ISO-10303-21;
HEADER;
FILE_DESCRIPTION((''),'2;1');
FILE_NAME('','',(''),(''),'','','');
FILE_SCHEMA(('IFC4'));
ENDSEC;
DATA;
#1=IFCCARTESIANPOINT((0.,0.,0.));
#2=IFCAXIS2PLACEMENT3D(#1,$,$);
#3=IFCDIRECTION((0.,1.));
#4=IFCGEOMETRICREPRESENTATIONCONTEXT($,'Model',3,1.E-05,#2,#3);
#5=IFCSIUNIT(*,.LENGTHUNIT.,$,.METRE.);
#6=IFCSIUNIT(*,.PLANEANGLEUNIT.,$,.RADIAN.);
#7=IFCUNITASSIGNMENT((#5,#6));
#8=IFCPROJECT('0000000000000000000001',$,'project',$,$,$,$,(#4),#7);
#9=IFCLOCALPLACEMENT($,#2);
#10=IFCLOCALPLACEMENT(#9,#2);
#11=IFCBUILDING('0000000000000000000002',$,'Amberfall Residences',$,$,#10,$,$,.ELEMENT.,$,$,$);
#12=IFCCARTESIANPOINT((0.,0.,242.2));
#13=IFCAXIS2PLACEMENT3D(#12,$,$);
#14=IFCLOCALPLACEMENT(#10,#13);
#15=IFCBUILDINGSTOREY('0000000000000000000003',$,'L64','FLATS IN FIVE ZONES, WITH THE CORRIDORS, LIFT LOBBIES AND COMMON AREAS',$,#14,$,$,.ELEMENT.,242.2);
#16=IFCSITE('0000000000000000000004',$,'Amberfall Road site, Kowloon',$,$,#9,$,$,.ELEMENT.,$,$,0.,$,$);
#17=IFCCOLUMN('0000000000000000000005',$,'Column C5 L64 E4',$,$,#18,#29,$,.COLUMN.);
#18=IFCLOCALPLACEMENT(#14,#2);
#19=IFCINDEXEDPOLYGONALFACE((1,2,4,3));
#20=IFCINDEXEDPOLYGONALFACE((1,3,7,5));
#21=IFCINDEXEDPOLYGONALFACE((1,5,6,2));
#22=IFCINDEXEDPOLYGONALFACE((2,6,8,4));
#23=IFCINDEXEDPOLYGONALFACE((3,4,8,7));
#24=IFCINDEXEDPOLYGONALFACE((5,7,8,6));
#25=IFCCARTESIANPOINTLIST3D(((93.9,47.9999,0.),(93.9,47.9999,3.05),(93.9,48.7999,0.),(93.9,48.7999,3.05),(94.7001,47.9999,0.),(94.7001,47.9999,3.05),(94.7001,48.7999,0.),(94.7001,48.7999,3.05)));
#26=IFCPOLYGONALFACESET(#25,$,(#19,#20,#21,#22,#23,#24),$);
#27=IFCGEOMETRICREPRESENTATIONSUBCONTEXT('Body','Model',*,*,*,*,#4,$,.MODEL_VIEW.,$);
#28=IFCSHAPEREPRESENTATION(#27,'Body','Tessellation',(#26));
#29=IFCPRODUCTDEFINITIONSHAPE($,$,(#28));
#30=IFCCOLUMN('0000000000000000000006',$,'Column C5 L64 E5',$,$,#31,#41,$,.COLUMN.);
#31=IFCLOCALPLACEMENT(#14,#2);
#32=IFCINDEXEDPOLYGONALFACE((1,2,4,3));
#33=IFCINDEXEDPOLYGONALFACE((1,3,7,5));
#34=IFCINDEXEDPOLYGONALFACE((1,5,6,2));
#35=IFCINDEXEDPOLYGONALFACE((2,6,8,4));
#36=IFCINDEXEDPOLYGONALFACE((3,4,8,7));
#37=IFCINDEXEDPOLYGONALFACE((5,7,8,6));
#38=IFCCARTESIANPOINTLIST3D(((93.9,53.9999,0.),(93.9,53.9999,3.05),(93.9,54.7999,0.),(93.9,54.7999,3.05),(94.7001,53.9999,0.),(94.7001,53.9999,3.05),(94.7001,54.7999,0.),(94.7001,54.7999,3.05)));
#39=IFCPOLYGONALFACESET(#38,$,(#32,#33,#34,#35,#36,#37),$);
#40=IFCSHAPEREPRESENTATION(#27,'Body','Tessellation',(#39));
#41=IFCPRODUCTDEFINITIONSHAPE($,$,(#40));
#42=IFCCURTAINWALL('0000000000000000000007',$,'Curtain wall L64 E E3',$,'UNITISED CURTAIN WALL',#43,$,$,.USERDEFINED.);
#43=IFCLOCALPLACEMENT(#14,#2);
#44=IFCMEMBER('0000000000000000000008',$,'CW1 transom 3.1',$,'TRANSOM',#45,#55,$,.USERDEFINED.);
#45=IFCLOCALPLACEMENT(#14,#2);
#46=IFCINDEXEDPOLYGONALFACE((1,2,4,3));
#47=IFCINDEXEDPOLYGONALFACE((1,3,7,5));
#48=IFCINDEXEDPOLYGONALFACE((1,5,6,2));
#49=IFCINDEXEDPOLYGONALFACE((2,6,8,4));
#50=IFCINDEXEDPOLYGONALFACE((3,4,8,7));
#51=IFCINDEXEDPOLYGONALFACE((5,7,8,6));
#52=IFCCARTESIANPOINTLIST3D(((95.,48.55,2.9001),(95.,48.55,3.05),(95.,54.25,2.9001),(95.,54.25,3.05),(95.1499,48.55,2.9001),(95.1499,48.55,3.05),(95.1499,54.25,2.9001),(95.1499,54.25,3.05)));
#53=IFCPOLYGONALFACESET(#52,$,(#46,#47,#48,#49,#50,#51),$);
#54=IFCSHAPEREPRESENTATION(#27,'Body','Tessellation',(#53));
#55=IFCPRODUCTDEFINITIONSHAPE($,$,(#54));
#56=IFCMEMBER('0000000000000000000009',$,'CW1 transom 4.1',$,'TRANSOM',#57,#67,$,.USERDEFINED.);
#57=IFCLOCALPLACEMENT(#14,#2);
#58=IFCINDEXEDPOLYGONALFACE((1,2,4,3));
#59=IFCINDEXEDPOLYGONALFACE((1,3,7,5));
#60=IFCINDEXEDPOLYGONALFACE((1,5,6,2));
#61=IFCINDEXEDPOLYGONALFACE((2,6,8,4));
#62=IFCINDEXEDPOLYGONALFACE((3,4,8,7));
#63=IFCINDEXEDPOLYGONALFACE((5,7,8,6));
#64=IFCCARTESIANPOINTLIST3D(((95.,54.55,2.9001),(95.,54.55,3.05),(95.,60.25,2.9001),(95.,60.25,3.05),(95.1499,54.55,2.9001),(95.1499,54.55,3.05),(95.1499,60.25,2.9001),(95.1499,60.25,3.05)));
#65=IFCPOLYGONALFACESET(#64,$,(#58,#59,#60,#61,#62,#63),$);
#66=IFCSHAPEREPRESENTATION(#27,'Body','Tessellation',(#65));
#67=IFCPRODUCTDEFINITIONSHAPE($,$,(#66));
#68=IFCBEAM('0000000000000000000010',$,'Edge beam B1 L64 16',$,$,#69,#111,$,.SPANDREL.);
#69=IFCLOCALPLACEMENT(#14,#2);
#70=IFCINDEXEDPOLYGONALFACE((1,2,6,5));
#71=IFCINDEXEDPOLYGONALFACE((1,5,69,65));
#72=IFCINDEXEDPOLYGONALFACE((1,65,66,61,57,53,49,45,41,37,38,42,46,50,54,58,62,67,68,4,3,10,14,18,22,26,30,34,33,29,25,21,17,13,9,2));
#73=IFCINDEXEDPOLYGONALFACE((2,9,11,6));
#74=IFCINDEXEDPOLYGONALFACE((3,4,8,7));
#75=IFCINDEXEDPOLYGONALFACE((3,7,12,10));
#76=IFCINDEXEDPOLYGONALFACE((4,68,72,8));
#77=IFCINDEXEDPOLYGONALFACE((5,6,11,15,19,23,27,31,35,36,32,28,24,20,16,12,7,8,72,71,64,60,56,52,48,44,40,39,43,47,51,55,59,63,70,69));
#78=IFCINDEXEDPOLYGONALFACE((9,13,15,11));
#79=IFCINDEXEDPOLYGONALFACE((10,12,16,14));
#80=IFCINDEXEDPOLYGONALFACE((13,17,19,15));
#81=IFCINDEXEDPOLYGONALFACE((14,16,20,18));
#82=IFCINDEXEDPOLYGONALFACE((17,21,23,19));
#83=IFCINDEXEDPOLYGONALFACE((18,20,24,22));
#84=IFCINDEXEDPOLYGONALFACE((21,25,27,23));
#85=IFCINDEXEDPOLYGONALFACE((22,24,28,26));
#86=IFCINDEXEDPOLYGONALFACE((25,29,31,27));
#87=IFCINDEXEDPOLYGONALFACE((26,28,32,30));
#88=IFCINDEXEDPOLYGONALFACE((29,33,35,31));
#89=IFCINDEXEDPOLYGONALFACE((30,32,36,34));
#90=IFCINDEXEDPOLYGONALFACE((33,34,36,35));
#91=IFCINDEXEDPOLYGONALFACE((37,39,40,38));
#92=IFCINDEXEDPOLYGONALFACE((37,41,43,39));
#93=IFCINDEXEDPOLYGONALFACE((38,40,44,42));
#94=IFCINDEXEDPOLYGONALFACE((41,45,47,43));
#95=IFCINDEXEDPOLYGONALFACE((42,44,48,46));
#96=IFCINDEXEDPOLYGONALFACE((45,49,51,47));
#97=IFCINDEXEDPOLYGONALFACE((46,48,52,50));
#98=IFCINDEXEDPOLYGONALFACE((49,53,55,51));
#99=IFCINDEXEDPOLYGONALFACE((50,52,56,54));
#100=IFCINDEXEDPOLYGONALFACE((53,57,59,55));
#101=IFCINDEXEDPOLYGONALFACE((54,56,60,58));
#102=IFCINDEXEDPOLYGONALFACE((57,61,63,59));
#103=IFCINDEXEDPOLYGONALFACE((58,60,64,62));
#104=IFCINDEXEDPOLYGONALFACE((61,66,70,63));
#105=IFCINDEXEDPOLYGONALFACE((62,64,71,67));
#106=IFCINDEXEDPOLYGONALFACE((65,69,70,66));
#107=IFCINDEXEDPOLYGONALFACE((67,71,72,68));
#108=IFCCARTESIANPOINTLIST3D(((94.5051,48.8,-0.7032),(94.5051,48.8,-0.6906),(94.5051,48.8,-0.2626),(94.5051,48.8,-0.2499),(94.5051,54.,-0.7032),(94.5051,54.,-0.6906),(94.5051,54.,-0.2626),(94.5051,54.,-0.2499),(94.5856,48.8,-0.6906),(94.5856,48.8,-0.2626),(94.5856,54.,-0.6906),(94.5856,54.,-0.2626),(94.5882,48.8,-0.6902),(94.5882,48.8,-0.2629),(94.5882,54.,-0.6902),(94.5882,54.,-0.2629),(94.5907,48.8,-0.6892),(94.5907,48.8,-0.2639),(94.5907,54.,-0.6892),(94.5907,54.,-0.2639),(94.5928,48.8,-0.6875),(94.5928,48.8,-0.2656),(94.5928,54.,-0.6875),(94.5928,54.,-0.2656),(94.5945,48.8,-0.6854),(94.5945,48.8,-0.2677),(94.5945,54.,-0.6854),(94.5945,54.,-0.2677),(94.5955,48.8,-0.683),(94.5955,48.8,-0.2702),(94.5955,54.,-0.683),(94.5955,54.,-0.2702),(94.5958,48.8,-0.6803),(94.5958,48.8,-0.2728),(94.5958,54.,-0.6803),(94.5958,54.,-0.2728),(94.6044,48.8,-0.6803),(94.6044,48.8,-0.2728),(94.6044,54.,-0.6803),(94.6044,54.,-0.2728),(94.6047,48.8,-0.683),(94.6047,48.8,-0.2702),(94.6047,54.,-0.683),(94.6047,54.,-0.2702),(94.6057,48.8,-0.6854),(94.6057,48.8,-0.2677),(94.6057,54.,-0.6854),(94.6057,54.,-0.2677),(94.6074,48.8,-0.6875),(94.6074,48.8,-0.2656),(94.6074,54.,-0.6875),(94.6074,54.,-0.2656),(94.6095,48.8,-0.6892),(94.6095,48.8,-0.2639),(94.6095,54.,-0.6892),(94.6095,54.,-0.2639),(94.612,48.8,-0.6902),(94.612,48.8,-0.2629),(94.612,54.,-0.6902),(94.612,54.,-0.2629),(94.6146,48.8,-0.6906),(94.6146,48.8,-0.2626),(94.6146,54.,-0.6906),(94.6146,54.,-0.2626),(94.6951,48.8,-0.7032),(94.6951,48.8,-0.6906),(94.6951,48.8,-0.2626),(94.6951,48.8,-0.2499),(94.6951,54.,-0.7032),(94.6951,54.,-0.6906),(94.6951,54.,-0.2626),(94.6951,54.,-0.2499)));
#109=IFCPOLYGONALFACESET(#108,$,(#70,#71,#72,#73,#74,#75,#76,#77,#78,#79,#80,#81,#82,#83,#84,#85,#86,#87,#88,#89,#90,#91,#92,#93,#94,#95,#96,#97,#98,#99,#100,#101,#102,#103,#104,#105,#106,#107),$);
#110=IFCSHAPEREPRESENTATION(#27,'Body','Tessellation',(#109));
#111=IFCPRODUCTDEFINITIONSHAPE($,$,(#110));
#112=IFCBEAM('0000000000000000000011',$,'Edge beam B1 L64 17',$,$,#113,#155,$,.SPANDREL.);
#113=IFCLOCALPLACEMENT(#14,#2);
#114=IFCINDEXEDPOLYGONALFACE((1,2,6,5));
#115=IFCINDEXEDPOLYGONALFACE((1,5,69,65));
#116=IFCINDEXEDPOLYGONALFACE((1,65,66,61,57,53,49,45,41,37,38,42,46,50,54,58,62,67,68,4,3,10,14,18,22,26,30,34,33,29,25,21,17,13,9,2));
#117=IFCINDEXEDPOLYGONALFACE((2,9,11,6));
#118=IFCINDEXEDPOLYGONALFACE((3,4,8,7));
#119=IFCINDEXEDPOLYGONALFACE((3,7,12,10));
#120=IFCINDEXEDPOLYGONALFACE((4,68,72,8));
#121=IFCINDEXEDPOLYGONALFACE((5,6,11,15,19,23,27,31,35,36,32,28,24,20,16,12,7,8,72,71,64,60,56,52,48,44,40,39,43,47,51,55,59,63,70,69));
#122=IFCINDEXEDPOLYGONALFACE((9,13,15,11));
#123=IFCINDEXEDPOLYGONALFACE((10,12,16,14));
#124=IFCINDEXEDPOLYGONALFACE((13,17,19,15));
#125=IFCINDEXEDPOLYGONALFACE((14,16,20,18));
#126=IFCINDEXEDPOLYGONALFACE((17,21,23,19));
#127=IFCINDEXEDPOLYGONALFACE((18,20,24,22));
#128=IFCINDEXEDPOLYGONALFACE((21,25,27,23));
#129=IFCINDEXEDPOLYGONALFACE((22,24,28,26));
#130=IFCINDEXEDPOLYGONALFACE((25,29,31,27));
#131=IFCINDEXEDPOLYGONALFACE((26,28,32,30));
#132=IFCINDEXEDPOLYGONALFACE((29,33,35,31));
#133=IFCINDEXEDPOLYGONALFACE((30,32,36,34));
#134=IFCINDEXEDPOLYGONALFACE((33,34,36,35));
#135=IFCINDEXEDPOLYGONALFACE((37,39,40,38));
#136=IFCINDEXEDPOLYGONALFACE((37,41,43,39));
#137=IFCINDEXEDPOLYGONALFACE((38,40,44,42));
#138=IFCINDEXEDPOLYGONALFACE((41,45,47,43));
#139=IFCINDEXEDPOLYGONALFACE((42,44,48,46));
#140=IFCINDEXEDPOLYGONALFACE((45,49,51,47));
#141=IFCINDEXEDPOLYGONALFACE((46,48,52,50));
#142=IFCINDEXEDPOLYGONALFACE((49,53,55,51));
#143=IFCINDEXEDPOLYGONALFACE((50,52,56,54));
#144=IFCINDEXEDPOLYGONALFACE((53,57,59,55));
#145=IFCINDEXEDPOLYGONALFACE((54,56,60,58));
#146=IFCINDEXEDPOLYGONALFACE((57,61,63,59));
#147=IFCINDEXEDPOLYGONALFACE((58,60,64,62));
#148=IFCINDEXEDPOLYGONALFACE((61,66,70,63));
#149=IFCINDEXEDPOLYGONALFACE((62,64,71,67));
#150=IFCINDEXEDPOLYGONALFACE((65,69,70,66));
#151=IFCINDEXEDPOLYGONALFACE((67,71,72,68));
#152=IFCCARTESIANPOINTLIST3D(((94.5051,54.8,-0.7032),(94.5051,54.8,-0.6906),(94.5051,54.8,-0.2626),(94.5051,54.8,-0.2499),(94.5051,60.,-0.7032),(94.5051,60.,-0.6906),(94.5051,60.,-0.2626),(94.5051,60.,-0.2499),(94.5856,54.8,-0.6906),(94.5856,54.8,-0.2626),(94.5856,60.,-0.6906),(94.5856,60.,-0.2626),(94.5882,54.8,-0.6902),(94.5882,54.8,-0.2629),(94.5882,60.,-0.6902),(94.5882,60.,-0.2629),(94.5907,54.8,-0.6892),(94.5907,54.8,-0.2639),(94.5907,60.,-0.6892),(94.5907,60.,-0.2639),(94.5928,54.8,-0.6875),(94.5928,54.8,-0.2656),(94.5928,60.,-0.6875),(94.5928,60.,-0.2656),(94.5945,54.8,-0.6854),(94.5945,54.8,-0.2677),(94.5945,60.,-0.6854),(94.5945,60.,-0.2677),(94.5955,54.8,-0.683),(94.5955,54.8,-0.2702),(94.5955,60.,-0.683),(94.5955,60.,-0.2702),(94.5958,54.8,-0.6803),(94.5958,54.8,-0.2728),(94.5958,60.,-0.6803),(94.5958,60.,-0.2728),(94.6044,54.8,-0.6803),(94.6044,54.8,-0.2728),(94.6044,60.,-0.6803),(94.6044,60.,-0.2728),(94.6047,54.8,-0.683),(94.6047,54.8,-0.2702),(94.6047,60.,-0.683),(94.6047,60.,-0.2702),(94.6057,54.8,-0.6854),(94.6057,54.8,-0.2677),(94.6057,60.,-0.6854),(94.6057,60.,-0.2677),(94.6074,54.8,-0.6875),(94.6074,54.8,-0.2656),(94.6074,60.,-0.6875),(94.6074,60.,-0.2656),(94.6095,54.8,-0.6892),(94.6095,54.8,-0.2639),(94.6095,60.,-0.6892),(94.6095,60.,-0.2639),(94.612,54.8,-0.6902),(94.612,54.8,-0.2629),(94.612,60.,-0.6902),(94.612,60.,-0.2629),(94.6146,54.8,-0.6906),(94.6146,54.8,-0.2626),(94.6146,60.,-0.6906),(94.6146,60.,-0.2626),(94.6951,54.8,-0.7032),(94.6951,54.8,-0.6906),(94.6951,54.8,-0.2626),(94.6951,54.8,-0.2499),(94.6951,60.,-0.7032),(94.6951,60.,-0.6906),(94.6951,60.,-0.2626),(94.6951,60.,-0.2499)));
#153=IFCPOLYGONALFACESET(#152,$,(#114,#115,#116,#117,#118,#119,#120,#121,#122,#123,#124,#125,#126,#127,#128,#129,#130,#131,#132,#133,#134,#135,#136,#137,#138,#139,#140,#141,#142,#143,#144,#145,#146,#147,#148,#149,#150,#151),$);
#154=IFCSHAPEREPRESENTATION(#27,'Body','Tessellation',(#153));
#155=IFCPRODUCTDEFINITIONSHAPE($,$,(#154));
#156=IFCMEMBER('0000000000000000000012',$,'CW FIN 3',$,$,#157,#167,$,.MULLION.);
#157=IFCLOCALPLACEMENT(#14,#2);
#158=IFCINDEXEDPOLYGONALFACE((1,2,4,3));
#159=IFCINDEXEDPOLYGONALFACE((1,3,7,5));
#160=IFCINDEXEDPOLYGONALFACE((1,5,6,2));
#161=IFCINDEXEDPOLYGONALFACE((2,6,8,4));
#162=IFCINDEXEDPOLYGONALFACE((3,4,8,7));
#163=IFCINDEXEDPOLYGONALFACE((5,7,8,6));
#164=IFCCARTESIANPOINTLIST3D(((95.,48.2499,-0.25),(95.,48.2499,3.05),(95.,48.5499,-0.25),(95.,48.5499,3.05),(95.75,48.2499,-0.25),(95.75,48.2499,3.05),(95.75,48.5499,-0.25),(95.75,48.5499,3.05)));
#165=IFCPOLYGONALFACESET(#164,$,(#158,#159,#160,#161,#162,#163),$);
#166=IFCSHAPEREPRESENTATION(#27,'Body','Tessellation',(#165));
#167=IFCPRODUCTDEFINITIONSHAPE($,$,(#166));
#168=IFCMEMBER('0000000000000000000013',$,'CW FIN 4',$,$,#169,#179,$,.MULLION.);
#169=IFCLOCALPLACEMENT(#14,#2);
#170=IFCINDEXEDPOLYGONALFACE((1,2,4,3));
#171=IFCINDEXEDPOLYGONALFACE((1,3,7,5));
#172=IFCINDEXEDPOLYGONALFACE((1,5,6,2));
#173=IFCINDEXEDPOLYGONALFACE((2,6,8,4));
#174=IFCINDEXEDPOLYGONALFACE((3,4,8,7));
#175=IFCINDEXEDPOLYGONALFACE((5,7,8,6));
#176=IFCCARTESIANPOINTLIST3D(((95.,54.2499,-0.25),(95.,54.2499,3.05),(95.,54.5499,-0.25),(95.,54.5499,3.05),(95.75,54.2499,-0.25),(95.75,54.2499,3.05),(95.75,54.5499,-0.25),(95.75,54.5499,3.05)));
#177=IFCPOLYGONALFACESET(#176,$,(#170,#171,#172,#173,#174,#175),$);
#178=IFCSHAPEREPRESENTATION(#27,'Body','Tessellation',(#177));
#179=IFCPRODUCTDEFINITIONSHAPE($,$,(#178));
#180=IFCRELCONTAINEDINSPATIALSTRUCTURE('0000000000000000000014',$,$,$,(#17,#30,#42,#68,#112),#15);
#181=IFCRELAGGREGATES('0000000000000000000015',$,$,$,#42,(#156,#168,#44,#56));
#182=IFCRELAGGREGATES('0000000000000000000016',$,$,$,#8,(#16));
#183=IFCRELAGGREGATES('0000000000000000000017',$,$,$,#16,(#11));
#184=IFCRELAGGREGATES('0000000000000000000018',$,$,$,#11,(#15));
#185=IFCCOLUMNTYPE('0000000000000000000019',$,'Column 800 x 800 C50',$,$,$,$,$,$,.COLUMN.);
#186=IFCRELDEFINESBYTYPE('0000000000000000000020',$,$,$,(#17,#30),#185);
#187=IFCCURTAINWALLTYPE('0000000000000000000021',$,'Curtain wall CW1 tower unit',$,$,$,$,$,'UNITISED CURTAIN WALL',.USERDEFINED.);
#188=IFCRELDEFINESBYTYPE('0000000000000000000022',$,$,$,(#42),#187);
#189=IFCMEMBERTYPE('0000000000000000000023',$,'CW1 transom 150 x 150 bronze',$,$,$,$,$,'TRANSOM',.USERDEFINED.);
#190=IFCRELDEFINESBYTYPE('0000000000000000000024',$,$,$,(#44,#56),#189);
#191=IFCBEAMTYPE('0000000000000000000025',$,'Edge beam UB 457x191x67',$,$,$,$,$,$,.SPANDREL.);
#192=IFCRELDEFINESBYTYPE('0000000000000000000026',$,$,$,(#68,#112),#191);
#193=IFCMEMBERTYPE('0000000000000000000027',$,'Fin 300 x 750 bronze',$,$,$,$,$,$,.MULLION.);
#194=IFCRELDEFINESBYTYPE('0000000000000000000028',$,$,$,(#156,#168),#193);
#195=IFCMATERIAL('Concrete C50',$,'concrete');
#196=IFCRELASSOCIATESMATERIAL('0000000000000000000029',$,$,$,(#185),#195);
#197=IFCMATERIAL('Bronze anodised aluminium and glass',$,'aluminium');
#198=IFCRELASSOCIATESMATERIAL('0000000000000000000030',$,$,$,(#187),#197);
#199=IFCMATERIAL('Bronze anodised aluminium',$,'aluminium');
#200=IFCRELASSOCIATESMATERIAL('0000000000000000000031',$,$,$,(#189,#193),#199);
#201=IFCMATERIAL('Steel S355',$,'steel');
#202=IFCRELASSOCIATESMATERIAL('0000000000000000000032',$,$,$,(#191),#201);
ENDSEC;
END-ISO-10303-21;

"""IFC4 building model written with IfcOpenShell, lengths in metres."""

from ifc_helpers import new_model, si_unit, direction, frame, origin, origin_2d, place, context, subcontext, project, spatial, rectangle, i_section, extrude, material, material_profile, profile_set, type_object, element, aggregate, save


model = new_model("IFC4")

# Units and contexts
model_context = context("Model", 3, precision=1e-05, world=origin(), true_north=direction((0.0, 1.0)))
body_context = subcontext(model_context, "Body", "Model", "MODEL_VIEW")
ifc_project = project(units=[si_unit("LENGTHUNIT", "METRE"), si_unit("PLANEANGLEUNIT", "RADIAN")], contexts=[model_context])

# Site, building, storey
site_placement = place(None, origin())
site = spatial("IfcSite", under=ifc_project, at=site_placement, Name="Amberfall Road site, Kowloon", CompositionType="ELEMENT", RefElevation=0.0)
building_placement = place(site_placement, origin())
building = spatial("IfcBuilding", under=site, at=building_placement, Name="Amberfall Residences", CompositionType="ELEMENT")
storey_placement = place(building_placement, frame((0.0, 0.0, 242.2)))
storey = spatial("IfcBuildingStorey", under=building, at=storey_placement, Name="L64", Description="FLATS IN FIVE ZONES, WITH THE CORRIDORS, LIFT LOBBIES AND COMMON AREAS", CompositionType="ELEMENT", Elevation=242.2)

# Columns
ifc_material_1 = material(Name="Concrete C50", Category="concrete")
ifc_material_profile_1 = material_profile(ifc_material_1, rectangle(XDim=0.8, YDim=0.8, at=origin_2d()), Name="Column 800 x 800 C50")
ifc_profile_set_1 = profile_set([ifc_material_profile_1], Name="Concrete C50")
column_type = type_object("IfcColumnType", Name="Column 800 x 800 C50", PredefinedType="COLUMN", material=ifc_profile_set_1)
for number, where, z_axis, x_axis, name in (
    (1, (94.3, 48.3999, 0.0), (0.0, 0.0, 1.0), (1.0, 0.0, 0.0), "Column C5 L64 E4"),
    (2, (94.3, 54.3999, 0.0), (0.0, 0.0, 1.0), (1.0, 0.0, 0.0), "Column C5 L64 E5"),
):
    element("IfcColumn", number, at=place(storey_placement, frame(where, z_axis=z_axis, x_axis=x_axis)), inside=storey, type_object=column_type, Name=name, PredefinedType="COLUMN", context=body_context, shape_type="SweptSolid", body=[
        extrude(rectangle(XDim=0.8, YDim=0.8, at=origin_2d()), origin(), (0.0, 0.0, 1.0), 3.05),
    ])

# Curtain wall, members
ifc_material_2 = material(Name="Bronze anodised aluminium and glass", Category="aluminium")
curtain_wall_type = type_object("IfcCurtainWallType", Name="Curtain wall CW1 tower unit", ElementType="UNITISED CURTAIN WALL", PredefinedType="USERDEFINED", material=ifc_material_2)
curtain_wall_placement = place(storey_placement, origin())
curtain_wall = element("IfcCurtainWall", 3, at=curtain_wall_placement, inside=storey, type_object=curtain_wall_type, Name="Curtain wall L64 E E3", ObjectType="UNITISED CURTAIN WALL", PredefinedType="USERDEFINED")
ifc_material_3 = material(Name="Bronze anodised aluminium", Category="aluminium")
ifc_material_profile_2 = material_profile(ifc_material_3, rectangle(XDim=0.1499, YDim=0.1499, at=origin_2d()), Name="CW1 transom 150 x 150 bronze")
ifc_profile_set_2 = profile_set([ifc_material_profile_2], Name="Bronze anodised aluminium")
member_type_1 = type_object("IfcMemberType", Name="CW1 transom 150 x 150 bronze", ElementType="TRANSOM", PredefinedType="USERDEFINED", material=ifc_profile_set_2)
member_1_placement = place(storey_placement, frame((95.075, 48.55, 2.9751), z_axis=(0.0, 1.0, 0.0), x_axis=(-1.0, 0.0, 0.0)))
member_1 = element("IfcMember", 4, at=member_1_placement, type_object=member_type_1, Name="CW1 transom 3.1", ObjectType="TRANSOM", PredefinedType="USERDEFINED", context=body_context, shape_type="SweptSolid", body=[
    extrude(rectangle(XDim=0.1499, YDim=0.1499, at=origin_2d()), origin(), (0.0, 0.0, 1.0), 5.7),
])
member_2_placement = place(storey_placement, frame((95.075, 54.55, 2.9751), z_axis=(0.0, 1.0, 0.0), x_axis=(-1.0, 0.0, 0.0)))
member_2 = element("IfcMember", 5, at=member_2_placement, type_object=member_type_1, Name="CW1 transom 4.1", ObjectType="TRANSOM", PredefinedType="USERDEFINED", context=body_context, shape_type="SweptSolid", body=[
    extrude(rectangle(XDim=0.1499, YDim=0.1499, at=origin_2d()), origin(), (0.0, 0.0, 1.0), 5.7),
])

# Beams
ifc_material_4 = material(Name="Steel S355", Category="steel")
ifc_material_profile_3 = material_profile(ifc_material_4, i_section(OverallWidth=0.1899, OverallDepth=0.4534, WebThickness=0.0085, FlangeThickness=0.0127, FilletRadius=0.0103, at=origin_2d()), Name="UB 457x191x67")
ifc_profile_set_3 = profile_set([ifc_material_profile_3], Name="Steel S355")
beam_type_1 = type_object("IfcBeamType", Name="Edge beam UB 457x191x67", PredefinedType="SPANDREL", material=ifc_profile_set_3)
for number, where, z_axis, x_axis, name in (
    (6, (94.6001, 48.8, -0.4766), (0.0, 1.0, 0.0), (-1.0, 0.0, 0.0), "Edge beam B1 L64 16"),
    (7, (94.6001, 54.8, -0.4766), (0.0, 1.0, 0.0), (-1.0, 0.0, 0.0), "Edge beam B1 L64 17"),
):
    element("IfcBeam", number, at=place(storey_placement, frame(where, z_axis=z_axis, x_axis=x_axis)), inside=storey, type_object=beam_type_1, Name=name, PredefinedType="SPANDREL", context=body_context, shape_type="SweptSolid", body=[
        extrude(i_section(OverallWidth=0.1899, OverallDepth=0.4534, WebThickness=0.0085, FlangeThickness=0.0127, FilletRadius=0.0103, at=origin_2d()), origin(), (0.0, 0.0, 1.0), 5.2),
    ])

# Members
ifc_material_profile_4 = material_profile(ifc_material_3, rectangle(XDim=0.75, YDim=0.3, at=origin_2d()), Name="Fin 300 x 750 bronze")
ifc_profile_set_4 = profile_set([ifc_material_profile_4], Name="Bronze anodised aluminium")
member_type_2 = type_object("IfcMemberType", Name="Fin 300 x 750 bronze", PredefinedType="MULLION", material=ifc_profile_set_4)
member_3_placement = place(storey_placement, frame((95.375, 48.3999, -0.25), z_axis=(0.0, 0.0, 1.0), x_axis=(-1.0, 0.0, 0.0)))
member_3 = element("IfcMember", 8, at=member_3_placement, type_object=member_type_2, Name="CW FIN 3", PredefinedType="MULLION", context=body_context, shape_type="SweptSolid", body=[
    extrude(rectangle(XDim=0.75, YDim=0.3, at=origin_2d()), origin(), (0.0, 0.0, 1.0), 3.3),
])
member_4_placement = place(storey_placement, frame((95.375, 54.3999, -0.25), z_axis=(0.0, 0.0, 1.0), x_axis=(-1.0, 0.0, 0.0)))
member_4 = element("IfcMember", 9, at=member_4_placement, type_object=member_type_2, Name="CW FIN 4", PredefinedType="MULLION", context=body_context, shape_type="SweptSolid", body=[
    extrude(rectangle(XDim=0.75, YDim=0.3, at=origin_2d()), origin(), (0.0, 0.0, 1.0), 3.3),
])

aggregate(curtain_wall, [member_3, member_4, member_1, member_2])

save(model, "model.ifc")
